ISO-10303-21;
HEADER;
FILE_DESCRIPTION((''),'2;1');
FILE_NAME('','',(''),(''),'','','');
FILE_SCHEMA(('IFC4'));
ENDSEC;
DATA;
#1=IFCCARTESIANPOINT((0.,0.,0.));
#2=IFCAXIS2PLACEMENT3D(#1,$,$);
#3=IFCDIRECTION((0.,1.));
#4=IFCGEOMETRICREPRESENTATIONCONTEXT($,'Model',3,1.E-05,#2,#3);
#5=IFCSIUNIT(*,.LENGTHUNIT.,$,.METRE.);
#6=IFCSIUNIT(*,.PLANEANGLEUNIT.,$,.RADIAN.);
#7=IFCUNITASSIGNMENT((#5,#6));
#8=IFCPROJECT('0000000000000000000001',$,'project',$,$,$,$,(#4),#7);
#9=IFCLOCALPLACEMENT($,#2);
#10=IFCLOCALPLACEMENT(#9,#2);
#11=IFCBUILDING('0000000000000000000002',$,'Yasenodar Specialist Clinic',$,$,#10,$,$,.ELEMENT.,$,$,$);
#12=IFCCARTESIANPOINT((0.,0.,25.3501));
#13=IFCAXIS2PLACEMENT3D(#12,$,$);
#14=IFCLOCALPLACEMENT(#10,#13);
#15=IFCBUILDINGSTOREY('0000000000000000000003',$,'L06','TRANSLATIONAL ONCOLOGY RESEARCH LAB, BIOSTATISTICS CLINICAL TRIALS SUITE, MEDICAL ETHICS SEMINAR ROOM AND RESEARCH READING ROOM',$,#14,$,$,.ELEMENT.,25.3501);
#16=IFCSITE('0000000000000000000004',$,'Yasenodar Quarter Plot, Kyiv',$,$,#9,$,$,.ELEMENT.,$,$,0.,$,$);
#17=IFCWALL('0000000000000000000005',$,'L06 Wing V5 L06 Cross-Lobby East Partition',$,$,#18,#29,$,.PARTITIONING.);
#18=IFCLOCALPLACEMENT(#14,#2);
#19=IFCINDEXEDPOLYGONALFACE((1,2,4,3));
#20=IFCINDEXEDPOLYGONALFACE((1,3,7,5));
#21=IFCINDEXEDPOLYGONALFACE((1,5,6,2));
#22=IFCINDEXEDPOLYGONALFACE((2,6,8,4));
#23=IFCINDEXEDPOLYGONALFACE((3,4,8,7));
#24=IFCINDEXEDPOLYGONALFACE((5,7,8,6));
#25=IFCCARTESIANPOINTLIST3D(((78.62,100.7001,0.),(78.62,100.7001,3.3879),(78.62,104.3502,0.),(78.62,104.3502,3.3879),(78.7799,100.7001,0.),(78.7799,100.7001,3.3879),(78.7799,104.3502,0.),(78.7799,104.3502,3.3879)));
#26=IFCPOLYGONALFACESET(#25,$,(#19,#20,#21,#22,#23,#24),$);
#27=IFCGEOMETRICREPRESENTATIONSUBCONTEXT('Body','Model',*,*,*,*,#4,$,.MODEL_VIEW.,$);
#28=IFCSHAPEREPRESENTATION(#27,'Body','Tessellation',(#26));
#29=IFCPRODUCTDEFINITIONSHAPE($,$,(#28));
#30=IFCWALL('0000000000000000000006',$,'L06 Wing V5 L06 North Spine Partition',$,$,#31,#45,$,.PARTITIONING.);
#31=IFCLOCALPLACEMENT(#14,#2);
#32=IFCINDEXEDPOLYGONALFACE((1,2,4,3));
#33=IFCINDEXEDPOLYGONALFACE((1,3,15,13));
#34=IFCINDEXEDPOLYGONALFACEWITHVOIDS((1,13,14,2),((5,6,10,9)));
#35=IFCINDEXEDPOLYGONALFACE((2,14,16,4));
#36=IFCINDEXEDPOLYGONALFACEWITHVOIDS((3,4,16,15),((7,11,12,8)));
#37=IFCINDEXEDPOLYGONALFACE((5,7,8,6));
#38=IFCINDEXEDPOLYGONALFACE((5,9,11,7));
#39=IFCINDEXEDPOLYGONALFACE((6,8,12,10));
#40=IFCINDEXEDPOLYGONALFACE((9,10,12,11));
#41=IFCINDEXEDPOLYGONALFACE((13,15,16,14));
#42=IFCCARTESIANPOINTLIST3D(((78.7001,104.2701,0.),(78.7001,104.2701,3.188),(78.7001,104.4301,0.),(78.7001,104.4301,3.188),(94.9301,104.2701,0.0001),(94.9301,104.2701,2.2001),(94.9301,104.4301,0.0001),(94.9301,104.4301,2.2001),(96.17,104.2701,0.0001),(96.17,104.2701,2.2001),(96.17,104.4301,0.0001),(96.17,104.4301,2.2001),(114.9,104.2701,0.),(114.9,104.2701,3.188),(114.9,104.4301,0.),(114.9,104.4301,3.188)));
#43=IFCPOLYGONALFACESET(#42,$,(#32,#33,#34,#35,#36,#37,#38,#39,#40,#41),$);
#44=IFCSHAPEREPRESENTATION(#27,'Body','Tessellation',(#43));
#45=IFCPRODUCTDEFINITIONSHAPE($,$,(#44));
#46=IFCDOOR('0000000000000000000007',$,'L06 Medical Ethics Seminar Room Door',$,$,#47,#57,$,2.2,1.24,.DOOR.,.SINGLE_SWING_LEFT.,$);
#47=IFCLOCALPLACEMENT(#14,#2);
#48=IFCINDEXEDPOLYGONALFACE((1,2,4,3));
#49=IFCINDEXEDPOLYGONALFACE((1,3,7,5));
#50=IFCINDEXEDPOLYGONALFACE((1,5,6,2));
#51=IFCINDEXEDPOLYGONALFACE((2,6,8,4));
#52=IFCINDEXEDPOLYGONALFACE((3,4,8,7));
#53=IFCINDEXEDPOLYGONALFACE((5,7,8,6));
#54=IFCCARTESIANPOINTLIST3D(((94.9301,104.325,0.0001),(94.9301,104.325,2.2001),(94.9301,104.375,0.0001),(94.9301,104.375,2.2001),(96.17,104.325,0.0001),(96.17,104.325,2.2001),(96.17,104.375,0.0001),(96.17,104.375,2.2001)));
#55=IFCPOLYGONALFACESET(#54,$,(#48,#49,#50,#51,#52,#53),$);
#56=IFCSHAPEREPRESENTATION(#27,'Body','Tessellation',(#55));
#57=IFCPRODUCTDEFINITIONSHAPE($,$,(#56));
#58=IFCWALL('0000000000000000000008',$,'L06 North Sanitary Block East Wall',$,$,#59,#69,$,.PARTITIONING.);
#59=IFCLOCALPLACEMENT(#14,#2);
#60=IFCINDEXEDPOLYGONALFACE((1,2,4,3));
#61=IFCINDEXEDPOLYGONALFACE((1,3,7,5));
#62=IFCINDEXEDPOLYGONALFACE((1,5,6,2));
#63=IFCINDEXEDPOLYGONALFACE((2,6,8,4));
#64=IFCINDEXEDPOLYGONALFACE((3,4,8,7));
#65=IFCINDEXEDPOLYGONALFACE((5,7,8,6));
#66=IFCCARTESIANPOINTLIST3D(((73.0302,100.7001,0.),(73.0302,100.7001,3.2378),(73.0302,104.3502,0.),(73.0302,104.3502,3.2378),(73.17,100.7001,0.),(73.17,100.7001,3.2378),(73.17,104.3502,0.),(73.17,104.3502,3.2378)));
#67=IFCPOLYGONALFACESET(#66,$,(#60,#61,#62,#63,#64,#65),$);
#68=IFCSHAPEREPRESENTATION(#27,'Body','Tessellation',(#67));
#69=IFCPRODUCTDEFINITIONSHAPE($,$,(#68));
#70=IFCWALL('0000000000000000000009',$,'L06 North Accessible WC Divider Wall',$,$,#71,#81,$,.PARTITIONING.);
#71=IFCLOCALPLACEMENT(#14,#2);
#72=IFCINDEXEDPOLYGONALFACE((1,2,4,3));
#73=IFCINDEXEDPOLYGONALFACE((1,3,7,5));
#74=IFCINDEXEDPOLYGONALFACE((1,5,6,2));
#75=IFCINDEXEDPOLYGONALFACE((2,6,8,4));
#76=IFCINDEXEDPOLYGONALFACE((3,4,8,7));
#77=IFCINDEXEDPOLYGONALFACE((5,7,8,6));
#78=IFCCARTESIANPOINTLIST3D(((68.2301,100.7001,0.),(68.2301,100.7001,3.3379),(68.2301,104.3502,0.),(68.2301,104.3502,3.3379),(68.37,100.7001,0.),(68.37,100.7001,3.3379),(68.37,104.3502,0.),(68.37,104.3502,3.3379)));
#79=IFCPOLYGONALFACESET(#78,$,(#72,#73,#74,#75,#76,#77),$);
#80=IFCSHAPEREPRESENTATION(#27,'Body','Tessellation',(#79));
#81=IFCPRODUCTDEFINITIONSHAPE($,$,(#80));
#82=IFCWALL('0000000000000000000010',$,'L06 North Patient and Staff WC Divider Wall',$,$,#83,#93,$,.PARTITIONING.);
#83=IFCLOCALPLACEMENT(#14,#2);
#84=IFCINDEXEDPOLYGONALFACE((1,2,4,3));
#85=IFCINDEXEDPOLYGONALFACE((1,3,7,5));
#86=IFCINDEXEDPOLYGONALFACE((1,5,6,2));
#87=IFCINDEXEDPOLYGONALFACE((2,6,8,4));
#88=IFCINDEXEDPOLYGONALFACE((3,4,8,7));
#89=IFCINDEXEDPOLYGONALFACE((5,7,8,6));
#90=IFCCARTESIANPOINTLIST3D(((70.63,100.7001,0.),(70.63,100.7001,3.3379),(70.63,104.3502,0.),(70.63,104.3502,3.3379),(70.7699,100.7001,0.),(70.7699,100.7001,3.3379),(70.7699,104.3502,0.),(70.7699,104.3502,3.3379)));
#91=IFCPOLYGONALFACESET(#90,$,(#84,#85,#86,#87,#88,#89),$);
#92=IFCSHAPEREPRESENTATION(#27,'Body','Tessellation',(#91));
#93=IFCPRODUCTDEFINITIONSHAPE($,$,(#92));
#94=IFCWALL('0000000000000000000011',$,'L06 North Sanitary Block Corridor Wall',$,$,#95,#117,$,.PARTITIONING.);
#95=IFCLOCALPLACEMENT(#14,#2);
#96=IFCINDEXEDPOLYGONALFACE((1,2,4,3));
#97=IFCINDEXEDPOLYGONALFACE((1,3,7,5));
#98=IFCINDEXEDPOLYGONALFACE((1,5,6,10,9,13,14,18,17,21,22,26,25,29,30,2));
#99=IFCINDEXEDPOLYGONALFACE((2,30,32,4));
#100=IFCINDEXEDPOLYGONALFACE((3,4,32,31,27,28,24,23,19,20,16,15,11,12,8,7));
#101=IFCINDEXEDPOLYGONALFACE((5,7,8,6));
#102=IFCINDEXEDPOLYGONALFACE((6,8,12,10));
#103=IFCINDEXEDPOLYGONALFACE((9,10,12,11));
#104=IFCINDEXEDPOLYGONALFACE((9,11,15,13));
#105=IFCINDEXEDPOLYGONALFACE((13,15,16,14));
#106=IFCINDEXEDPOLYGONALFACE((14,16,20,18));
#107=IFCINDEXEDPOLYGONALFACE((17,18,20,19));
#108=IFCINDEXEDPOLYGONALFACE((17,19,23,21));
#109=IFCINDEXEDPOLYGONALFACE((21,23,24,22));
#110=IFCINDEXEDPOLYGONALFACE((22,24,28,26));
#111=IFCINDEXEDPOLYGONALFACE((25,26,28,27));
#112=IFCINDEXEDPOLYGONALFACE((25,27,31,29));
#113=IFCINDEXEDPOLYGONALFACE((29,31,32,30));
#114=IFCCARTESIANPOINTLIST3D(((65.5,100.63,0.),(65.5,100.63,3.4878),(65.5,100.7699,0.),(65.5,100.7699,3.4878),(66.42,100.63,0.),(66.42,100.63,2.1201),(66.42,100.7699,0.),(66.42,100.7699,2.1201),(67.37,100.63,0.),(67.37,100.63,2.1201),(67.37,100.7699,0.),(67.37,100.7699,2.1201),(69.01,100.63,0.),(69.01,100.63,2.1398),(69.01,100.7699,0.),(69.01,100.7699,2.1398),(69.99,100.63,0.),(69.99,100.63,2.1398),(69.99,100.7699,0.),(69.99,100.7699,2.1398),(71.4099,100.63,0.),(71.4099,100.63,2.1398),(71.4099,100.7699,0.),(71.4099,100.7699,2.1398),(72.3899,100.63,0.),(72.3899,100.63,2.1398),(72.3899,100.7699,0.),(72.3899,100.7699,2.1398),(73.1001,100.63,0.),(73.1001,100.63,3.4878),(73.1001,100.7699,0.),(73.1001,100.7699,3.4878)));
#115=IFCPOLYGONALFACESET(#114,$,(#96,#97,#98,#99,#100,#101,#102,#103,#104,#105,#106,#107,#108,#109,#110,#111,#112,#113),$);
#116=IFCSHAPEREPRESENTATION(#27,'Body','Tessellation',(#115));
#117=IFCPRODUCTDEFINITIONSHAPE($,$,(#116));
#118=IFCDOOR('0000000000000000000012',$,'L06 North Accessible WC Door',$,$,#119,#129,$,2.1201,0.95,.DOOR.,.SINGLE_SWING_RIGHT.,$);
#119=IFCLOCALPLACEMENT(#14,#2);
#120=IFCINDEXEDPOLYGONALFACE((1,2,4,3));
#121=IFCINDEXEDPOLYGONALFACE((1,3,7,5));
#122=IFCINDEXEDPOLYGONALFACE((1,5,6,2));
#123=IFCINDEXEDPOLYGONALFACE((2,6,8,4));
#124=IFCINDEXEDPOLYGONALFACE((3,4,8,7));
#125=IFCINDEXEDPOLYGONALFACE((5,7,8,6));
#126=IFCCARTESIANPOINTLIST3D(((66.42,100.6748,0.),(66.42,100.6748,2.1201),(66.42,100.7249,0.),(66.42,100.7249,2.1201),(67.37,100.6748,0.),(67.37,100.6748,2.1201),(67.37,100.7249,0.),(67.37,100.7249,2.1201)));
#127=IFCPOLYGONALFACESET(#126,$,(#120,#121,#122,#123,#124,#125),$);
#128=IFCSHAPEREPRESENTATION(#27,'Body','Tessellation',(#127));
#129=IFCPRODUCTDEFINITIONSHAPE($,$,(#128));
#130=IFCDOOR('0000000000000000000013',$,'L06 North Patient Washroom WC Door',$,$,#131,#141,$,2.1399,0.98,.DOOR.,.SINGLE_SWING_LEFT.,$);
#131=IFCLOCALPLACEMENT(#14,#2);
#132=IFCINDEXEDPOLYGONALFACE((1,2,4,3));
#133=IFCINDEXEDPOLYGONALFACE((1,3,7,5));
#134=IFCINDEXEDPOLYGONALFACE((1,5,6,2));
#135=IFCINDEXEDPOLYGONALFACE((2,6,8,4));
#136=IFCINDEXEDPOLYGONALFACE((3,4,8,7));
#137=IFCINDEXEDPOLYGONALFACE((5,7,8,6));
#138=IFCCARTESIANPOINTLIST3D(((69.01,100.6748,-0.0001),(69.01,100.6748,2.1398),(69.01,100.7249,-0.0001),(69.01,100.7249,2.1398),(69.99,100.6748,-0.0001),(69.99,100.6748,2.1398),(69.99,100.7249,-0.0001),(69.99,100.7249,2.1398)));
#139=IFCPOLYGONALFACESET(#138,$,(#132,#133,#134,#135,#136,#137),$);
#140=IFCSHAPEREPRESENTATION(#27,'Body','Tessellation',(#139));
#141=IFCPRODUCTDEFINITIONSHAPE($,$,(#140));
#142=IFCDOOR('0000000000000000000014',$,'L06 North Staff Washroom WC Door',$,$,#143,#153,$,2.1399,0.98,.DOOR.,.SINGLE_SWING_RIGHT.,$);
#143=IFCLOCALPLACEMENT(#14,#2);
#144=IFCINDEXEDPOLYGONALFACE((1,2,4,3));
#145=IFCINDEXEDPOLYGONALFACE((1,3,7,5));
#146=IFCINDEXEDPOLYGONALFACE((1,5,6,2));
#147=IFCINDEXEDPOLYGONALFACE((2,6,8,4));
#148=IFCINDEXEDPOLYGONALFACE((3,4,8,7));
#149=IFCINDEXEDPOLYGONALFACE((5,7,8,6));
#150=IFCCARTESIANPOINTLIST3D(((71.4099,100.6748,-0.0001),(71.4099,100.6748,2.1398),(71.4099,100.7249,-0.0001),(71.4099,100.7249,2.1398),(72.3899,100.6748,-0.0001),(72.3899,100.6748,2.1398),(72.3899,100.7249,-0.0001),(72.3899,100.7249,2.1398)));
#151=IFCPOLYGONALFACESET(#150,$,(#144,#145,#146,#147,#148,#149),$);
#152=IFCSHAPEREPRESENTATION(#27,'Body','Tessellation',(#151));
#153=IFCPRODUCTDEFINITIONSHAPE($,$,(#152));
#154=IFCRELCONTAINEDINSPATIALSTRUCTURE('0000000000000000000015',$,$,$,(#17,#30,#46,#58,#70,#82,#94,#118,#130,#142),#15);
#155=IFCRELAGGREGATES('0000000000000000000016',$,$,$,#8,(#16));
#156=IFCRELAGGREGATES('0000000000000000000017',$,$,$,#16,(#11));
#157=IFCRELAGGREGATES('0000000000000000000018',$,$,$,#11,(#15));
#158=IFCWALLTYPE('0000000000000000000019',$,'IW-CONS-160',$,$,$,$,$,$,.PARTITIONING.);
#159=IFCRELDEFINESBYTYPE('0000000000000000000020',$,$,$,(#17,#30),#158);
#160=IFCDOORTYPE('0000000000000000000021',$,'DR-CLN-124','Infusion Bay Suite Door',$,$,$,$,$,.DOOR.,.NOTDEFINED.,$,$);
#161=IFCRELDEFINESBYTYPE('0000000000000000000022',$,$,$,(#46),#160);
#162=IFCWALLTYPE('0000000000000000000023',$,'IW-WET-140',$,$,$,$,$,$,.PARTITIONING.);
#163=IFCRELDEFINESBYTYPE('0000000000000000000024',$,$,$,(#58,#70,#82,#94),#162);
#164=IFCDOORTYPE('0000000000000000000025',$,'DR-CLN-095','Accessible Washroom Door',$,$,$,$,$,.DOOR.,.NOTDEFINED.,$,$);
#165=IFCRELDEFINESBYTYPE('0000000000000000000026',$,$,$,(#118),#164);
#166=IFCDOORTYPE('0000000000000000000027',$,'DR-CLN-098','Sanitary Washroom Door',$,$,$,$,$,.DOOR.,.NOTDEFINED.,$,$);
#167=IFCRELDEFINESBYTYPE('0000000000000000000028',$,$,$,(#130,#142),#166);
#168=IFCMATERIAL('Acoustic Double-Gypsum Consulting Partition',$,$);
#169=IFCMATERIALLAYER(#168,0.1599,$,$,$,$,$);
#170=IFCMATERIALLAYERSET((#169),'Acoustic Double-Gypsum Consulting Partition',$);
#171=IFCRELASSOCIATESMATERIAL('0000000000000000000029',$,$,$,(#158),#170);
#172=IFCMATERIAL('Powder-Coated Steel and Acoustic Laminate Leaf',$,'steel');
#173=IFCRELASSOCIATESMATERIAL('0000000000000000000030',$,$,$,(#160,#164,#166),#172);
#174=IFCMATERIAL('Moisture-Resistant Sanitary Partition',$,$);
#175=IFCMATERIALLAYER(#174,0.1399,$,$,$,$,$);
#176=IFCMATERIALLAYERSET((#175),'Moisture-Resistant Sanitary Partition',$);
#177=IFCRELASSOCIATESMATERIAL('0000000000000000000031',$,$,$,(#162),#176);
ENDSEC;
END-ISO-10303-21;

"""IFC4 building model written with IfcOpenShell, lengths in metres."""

from ifc_helpers import new_model, si_unit, direction, frame, frame_2d, origin, place, context, subcontext, project, spatial, rectangle, extrude, material, layer, layer_set, type_object, element, fill, save


model = new_model("IFC4")

# Units and contexts
model_context = context("Model", 3, precision=1e-05, world=origin(), true_north=direction((0.0, 1.0)))
body_context = subcontext(model_context, "Body", "Model", "MODEL_VIEW")
ifc_project = project(units=[si_unit("LENGTHUNIT", "METRE"), si_unit("PLANEANGLEUNIT", "RADIAN")], contexts=[model_context])

# Site, building, storey
site_placement = place(None, origin())
site = spatial("IfcSite", under=ifc_project, at=site_placement, Name="Yasenodar Quarter Plot, Kyiv", CompositionType="ELEMENT", RefElevation=0.0)
building_placement = place(site_placement, origin())
building = spatial("IfcBuilding", under=site, at=building_placement, Name="Yasenodar Specialist Clinic", CompositionType="ELEMENT")
storey_placement = place(building_placement, frame((0.0, 0.0, 25.3501)))
storey = spatial("IfcBuildingStorey", under=building, at=storey_placement, Name="L06", Description="TRANSLATIONAL ONCOLOGY RESEARCH LAB, BIOSTATISTICS CLINICAL TRIALS SUITE, MEDICAL ETHICS SEMINAR ROOM AND RESEARCH READING ROOM", CompositionType="ELEMENT", Elevation=25.3501)

# Shared definitions
ifc_material_1 = material(Name="Acoustic Double-Gypsum Consulting Partition")
ifc_layer_1 = layer(ifc_material_1, 0.1599)
ifc_layer_set_1 = layer_set([ifc_layer_1], Name="Acoustic Double-Gypsum Consulting Partition")
wall_type_1 = type_object("IfcWallType", Name="IW-CONS-160", PredefinedType="PARTITIONING", material=ifc_layer_set_1)
ifc_material_2 = material(Name="Powder-Coated Steel and Acoustic Laminate Leaf", Category="steel")

# Wall
wall_1_placement = place(storey_placement, frame((78.7, 100.7, 0.0), z_axis=(0.0, 0.0, 1.0), x_axis=(0.0, 1.0, 0.0)))
element("IfcWall", 1, at=wall_1_placement, inside=storey, type_object=wall_type_1, Name="L06 Wing V5 L06 Cross-Lobby East Partition", PredefinedType="PARTITIONING", context=body_context, shape_type="SweptSolid", body=[
    extrude(rectangle(XDim=3.6501, YDim=0.1599, at=frame_2d((1.8252, 0.0))), origin(), (0.0, 0.0, 1.0), 3.3879),
])

# Wall, opening, door
wall_2_placement = place(storey_placement, frame((78.7, 104.3501, 0.0), z_axis=(0.0, 0.0, 1.0), x_axis=(1.0, 0.0, 0.0)))
wall_2 = element("IfcWall", 2, at=wall_2_placement, inside=storey, type_object=wall_type_1, Name="L06 Wing V5 L06 North Spine Partition", PredefinedType="PARTITIONING", context=body_context, shape_type="SweptSolid", body=[
    extrude(rectangle(XDim=36.2, YDim=0.1599, at=frame_2d((18.1001, 0.0))), origin(), (0.0, 0.0, 1.0), 3.188),
])
opening_1_placement = place(wall_2_placement, frame((16.23, 0.0, 0.0)))
opening_1 = element("IfcOpeningElement", 3, at=opening_1_placement, cuts=wall_2, PredefinedType="OPENING", context=body_context, shape_type="SweptSolid", body=[
    extrude(rectangle(XDim=1.24, YDim=2.2, at=frame_2d((0.6201, 1.1001))), frame((0.0, 0.0898, 0.0), z_axis=(0.0, -1.0, 0.0), x_axis=(1.0, 0.0, 0.0)), (0.0, 0.0, 1.0), 0.1799),
])
door_type_1 = type_object("IfcDoorType", Name="DR-CLN-124", Description="Infusion Bay Suite Door", OperationType="NOTDEFINED", PredefinedType="DOOR", material=ifc_material_2)
door_1_placement = place(opening_1_placement, origin())
door_1 = element("IfcDoor", 4, at=door_1_placement, inside=storey, type_object=door_type_1, Name="L06 Medical Ethics Seminar Room Door", OperationType="SINGLE_SWING_LEFT", OverallHeight=2.2, OverallWidth=1.24, PredefinedType="DOOR", context=body_context, shape_type="SweptSolid", body=[
    extrude(rectangle(XDim=1.24, YDim=2.2, at=frame_2d((0.6201, 1.1001))), frame((0.0, 0.0249, 0.0), z_axis=(0.0, -1.0, 0.0), x_axis=(1.0, 0.0, 0.0)), (0.0, 0.0, 1.0), 0.05),
])
fill(opening_1, door_1)

# Walls
ifc_material_3 = material(Name="Moisture-Resistant Sanitary Partition")
ifc_layer_2 = layer(ifc_material_3, 0.1399)
ifc_layer_set_2 = layer_set([ifc_layer_2], Name="Moisture-Resistant Sanitary Partition")
wall_type_2 = type_object("IfcWallType", Name="IW-WET-140", PredefinedType="PARTITIONING", material=ifc_layer_set_2)
wall_3_placement = place(storey_placement, frame((73.1001, 100.7, 0.0), z_axis=(0.0, 0.0, 1.0), x_axis=(0.0, 1.0, 0.0)))
element("IfcWall", 5, at=wall_3_placement, inside=storey, type_object=wall_type_2, Name="L06 North Sanitary Block East Wall", PredefinedType="PARTITIONING", context=body_context, shape_type="SweptSolid", body=[
    extrude(rectangle(XDim=3.6501, YDim=0.1399, at=frame_2d((1.8252, 0.0))), origin(), (0.0, 0.0, 1.0), 3.2378),
])
for number, where, z_axis, x_axis, name in (
    (6, (68.3, 100.7, 0.0), (0.0, 0.0, 1.0), (0.0, 1.0, 0.0), "L06 North Accessible WC Divider Wall"),
    (7, (70.7, 100.7, 0.0), (0.0, 0.0, 1.0), (0.0, 1.0, 0.0), "L06 North Patient and Staff WC Divider Wall"),
):
    element("IfcWall", number, at=place(storey_placement, frame(where, z_axis=z_axis, x_axis=x_axis)), inside=storey, type_object=wall_type_2, Name=name, PredefinedType="PARTITIONING", context=body_context, shape_type="SweptSolid", body=[
        extrude(rectangle(XDim=3.6501, YDim=0.1399, at=frame_2d((1.8252, 0.0))), origin(), (0.0, 0.0, 1.0), 3.3379),
    ])

# Wall, openings, doors
wall_4_placement = place(storey_placement, frame((65.5, 100.7, 0.0), z_axis=(0.0, 0.0, 1.0), x_axis=(1.0, 0.0, 0.0)))
wall_4 = element("IfcWall", 8, at=wall_4_placement, inside=storey, type_object=wall_type_2, Name="L06 North Sanitary Block Corridor Wall", PredefinedType="PARTITIONING", context=body_context, shape_type="SweptSolid", body=[
    extrude(rectangle(XDim=7.6001, YDim=0.1399, at=frame_2d((3.8, 0.0))), origin(), (0.0, 0.0, 1.0), 3.4878),
])
opening_2_placement = place(wall_4_placement, frame((0.9199, 0.0, 0.0)))
opening_2 = element("IfcOpeningElement", 9, at=opening_2_placement, cuts=wall_4, PredefinedType="OPENING", context=body_context, shape_type="SweptSolid", body=[
    extrude(rectangle(XDim=0.95, YDim=2.1201, at=frame_2d((0.4751, 1.0601))), frame((0.0, 0.0801, 0.0), z_axis=(0.0, -1.0, 0.0), x_axis=(1.0, 0.0, 0.0)), (0.0, 0.0, 1.0), 0.1599),
])
opening_3_placement = place(wall_4_placement, frame((3.51, 0.0, 0.0)))
opening_3 = element("IfcOpeningElement", 10, at=opening_3_placement, cuts=wall_4, PredefinedType="OPENING", context=body_context, shape_type="SweptSolid", body=[
    extrude(rectangle(XDim=0.98, YDim=2.1399, at=frame_2d((0.49, 1.0698))), frame((0.0, 0.0801, 0.0), z_axis=(0.0, -1.0, 0.0), x_axis=(1.0, 0.0, 0.0)), (0.0, 0.0, 1.0), 0.1599),
])
opening_4_placement = place(wall_4_placement, frame((5.9099, 0.0, 0.0)))
opening_4 = element("IfcOpeningElement", 11, at=opening_4_placement, cuts=wall_4, PredefinedType="OPENING", context=body_context, shape_type="SweptSolid", body=[
    extrude(rectangle(XDim=0.98, YDim=2.1399, at=frame_2d((0.49, 1.0698))), frame((0.0, 0.0801, 0.0), z_axis=(0.0, -1.0, 0.0), x_axis=(1.0, 0.0, 0.0)), (0.0, 0.0, 1.0), 0.1599),
])
door_type_2 = type_object("IfcDoorType", Name="DR-CLN-095", Description="Accessible Washroom Door", OperationType="NOTDEFINED", PredefinedType="DOOR", material=ifc_material_2)
door_2_placement = place(opening_2_placement, origin())
door_2 = element("IfcDoor", 12, at=door_2_placement, inside=storey, type_object=door_type_2, Name="L06 North Accessible WC Door", OperationType="SINGLE_SWING_RIGHT", OverallHeight=2.1201, OverallWidth=0.95, PredefinedType="DOOR", context=body_context, shape_type="SweptSolid", body=[
    extrude(rectangle(XDim=0.95, YDim=2.1201, at=frame_2d((0.4751, 1.0601))), frame((0.0, 0.0249, 0.0), z_axis=(0.0, -1.0, 0.0), x_axis=(1.0, 0.0, 0.0)), (0.0, 0.0, 1.0), 0.05),
])
fill(opening_2, door_2)
door_type_3 = type_object("IfcDoorType", Name="DR-CLN-098", Description="Sanitary Washroom Door", OperationType="NOTDEFINED", PredefinedType="DOOR", material=ifc_material_2)
door_3_placement = place(opening_3_placement, origin())
door_3 = element("IfcDoor", 13, at=door_3_placement, inside=storey, type_object=door_type_3, Name="L06 North Patient Washroom WC Door", OperationType="SINGLE_SWING_LEFT", OverallHeight=2.1399, OverallWidth=0.98, PredefinedType="DOOR", context=body_context, shape_type="SweptSolid", body=[
    extrude(rectangle(XDim=0.98, YDim=2.1399, at=frame_2d((0.49, 1.0698))), frame((0.0, 0.0249, 0.0), z_axis=(0.0, -1.0, 0.0), x_axis=(1.0, 0.0, 0.0)), (0.0, 0.0, 1.0), 0.05),
])
fill(opening_3, door_3)
door_4_placement = place(opening_4_placement, origin())
door_4 = element("IfcDoor", 14, at=door_4_placement, inside=storey, type_object=door_type_3, Name="L06 North Staff Washroom WC Door", OperationType="SINGLE_SWING_RIGHT", OverallHeight=2.1399, OverallWidth=0.98, PredefinedType="DOOR", context=body_context, shape_type="SweptSolid", body=[
    extrude(rectangle(XDim=0.98, YDim=2.1399, at=frame_2d((0.49, 1.0698))), frame((0.0, 0.0249, 0.0), z_axis=(0.0, -1.0, 0.0), x_axis=(1.0, 0.0, 0.0)), (0.0, 0.0, 1.0), 0.05),
])
fill(opening_4, door_4)

save(model, "model.ifc")
